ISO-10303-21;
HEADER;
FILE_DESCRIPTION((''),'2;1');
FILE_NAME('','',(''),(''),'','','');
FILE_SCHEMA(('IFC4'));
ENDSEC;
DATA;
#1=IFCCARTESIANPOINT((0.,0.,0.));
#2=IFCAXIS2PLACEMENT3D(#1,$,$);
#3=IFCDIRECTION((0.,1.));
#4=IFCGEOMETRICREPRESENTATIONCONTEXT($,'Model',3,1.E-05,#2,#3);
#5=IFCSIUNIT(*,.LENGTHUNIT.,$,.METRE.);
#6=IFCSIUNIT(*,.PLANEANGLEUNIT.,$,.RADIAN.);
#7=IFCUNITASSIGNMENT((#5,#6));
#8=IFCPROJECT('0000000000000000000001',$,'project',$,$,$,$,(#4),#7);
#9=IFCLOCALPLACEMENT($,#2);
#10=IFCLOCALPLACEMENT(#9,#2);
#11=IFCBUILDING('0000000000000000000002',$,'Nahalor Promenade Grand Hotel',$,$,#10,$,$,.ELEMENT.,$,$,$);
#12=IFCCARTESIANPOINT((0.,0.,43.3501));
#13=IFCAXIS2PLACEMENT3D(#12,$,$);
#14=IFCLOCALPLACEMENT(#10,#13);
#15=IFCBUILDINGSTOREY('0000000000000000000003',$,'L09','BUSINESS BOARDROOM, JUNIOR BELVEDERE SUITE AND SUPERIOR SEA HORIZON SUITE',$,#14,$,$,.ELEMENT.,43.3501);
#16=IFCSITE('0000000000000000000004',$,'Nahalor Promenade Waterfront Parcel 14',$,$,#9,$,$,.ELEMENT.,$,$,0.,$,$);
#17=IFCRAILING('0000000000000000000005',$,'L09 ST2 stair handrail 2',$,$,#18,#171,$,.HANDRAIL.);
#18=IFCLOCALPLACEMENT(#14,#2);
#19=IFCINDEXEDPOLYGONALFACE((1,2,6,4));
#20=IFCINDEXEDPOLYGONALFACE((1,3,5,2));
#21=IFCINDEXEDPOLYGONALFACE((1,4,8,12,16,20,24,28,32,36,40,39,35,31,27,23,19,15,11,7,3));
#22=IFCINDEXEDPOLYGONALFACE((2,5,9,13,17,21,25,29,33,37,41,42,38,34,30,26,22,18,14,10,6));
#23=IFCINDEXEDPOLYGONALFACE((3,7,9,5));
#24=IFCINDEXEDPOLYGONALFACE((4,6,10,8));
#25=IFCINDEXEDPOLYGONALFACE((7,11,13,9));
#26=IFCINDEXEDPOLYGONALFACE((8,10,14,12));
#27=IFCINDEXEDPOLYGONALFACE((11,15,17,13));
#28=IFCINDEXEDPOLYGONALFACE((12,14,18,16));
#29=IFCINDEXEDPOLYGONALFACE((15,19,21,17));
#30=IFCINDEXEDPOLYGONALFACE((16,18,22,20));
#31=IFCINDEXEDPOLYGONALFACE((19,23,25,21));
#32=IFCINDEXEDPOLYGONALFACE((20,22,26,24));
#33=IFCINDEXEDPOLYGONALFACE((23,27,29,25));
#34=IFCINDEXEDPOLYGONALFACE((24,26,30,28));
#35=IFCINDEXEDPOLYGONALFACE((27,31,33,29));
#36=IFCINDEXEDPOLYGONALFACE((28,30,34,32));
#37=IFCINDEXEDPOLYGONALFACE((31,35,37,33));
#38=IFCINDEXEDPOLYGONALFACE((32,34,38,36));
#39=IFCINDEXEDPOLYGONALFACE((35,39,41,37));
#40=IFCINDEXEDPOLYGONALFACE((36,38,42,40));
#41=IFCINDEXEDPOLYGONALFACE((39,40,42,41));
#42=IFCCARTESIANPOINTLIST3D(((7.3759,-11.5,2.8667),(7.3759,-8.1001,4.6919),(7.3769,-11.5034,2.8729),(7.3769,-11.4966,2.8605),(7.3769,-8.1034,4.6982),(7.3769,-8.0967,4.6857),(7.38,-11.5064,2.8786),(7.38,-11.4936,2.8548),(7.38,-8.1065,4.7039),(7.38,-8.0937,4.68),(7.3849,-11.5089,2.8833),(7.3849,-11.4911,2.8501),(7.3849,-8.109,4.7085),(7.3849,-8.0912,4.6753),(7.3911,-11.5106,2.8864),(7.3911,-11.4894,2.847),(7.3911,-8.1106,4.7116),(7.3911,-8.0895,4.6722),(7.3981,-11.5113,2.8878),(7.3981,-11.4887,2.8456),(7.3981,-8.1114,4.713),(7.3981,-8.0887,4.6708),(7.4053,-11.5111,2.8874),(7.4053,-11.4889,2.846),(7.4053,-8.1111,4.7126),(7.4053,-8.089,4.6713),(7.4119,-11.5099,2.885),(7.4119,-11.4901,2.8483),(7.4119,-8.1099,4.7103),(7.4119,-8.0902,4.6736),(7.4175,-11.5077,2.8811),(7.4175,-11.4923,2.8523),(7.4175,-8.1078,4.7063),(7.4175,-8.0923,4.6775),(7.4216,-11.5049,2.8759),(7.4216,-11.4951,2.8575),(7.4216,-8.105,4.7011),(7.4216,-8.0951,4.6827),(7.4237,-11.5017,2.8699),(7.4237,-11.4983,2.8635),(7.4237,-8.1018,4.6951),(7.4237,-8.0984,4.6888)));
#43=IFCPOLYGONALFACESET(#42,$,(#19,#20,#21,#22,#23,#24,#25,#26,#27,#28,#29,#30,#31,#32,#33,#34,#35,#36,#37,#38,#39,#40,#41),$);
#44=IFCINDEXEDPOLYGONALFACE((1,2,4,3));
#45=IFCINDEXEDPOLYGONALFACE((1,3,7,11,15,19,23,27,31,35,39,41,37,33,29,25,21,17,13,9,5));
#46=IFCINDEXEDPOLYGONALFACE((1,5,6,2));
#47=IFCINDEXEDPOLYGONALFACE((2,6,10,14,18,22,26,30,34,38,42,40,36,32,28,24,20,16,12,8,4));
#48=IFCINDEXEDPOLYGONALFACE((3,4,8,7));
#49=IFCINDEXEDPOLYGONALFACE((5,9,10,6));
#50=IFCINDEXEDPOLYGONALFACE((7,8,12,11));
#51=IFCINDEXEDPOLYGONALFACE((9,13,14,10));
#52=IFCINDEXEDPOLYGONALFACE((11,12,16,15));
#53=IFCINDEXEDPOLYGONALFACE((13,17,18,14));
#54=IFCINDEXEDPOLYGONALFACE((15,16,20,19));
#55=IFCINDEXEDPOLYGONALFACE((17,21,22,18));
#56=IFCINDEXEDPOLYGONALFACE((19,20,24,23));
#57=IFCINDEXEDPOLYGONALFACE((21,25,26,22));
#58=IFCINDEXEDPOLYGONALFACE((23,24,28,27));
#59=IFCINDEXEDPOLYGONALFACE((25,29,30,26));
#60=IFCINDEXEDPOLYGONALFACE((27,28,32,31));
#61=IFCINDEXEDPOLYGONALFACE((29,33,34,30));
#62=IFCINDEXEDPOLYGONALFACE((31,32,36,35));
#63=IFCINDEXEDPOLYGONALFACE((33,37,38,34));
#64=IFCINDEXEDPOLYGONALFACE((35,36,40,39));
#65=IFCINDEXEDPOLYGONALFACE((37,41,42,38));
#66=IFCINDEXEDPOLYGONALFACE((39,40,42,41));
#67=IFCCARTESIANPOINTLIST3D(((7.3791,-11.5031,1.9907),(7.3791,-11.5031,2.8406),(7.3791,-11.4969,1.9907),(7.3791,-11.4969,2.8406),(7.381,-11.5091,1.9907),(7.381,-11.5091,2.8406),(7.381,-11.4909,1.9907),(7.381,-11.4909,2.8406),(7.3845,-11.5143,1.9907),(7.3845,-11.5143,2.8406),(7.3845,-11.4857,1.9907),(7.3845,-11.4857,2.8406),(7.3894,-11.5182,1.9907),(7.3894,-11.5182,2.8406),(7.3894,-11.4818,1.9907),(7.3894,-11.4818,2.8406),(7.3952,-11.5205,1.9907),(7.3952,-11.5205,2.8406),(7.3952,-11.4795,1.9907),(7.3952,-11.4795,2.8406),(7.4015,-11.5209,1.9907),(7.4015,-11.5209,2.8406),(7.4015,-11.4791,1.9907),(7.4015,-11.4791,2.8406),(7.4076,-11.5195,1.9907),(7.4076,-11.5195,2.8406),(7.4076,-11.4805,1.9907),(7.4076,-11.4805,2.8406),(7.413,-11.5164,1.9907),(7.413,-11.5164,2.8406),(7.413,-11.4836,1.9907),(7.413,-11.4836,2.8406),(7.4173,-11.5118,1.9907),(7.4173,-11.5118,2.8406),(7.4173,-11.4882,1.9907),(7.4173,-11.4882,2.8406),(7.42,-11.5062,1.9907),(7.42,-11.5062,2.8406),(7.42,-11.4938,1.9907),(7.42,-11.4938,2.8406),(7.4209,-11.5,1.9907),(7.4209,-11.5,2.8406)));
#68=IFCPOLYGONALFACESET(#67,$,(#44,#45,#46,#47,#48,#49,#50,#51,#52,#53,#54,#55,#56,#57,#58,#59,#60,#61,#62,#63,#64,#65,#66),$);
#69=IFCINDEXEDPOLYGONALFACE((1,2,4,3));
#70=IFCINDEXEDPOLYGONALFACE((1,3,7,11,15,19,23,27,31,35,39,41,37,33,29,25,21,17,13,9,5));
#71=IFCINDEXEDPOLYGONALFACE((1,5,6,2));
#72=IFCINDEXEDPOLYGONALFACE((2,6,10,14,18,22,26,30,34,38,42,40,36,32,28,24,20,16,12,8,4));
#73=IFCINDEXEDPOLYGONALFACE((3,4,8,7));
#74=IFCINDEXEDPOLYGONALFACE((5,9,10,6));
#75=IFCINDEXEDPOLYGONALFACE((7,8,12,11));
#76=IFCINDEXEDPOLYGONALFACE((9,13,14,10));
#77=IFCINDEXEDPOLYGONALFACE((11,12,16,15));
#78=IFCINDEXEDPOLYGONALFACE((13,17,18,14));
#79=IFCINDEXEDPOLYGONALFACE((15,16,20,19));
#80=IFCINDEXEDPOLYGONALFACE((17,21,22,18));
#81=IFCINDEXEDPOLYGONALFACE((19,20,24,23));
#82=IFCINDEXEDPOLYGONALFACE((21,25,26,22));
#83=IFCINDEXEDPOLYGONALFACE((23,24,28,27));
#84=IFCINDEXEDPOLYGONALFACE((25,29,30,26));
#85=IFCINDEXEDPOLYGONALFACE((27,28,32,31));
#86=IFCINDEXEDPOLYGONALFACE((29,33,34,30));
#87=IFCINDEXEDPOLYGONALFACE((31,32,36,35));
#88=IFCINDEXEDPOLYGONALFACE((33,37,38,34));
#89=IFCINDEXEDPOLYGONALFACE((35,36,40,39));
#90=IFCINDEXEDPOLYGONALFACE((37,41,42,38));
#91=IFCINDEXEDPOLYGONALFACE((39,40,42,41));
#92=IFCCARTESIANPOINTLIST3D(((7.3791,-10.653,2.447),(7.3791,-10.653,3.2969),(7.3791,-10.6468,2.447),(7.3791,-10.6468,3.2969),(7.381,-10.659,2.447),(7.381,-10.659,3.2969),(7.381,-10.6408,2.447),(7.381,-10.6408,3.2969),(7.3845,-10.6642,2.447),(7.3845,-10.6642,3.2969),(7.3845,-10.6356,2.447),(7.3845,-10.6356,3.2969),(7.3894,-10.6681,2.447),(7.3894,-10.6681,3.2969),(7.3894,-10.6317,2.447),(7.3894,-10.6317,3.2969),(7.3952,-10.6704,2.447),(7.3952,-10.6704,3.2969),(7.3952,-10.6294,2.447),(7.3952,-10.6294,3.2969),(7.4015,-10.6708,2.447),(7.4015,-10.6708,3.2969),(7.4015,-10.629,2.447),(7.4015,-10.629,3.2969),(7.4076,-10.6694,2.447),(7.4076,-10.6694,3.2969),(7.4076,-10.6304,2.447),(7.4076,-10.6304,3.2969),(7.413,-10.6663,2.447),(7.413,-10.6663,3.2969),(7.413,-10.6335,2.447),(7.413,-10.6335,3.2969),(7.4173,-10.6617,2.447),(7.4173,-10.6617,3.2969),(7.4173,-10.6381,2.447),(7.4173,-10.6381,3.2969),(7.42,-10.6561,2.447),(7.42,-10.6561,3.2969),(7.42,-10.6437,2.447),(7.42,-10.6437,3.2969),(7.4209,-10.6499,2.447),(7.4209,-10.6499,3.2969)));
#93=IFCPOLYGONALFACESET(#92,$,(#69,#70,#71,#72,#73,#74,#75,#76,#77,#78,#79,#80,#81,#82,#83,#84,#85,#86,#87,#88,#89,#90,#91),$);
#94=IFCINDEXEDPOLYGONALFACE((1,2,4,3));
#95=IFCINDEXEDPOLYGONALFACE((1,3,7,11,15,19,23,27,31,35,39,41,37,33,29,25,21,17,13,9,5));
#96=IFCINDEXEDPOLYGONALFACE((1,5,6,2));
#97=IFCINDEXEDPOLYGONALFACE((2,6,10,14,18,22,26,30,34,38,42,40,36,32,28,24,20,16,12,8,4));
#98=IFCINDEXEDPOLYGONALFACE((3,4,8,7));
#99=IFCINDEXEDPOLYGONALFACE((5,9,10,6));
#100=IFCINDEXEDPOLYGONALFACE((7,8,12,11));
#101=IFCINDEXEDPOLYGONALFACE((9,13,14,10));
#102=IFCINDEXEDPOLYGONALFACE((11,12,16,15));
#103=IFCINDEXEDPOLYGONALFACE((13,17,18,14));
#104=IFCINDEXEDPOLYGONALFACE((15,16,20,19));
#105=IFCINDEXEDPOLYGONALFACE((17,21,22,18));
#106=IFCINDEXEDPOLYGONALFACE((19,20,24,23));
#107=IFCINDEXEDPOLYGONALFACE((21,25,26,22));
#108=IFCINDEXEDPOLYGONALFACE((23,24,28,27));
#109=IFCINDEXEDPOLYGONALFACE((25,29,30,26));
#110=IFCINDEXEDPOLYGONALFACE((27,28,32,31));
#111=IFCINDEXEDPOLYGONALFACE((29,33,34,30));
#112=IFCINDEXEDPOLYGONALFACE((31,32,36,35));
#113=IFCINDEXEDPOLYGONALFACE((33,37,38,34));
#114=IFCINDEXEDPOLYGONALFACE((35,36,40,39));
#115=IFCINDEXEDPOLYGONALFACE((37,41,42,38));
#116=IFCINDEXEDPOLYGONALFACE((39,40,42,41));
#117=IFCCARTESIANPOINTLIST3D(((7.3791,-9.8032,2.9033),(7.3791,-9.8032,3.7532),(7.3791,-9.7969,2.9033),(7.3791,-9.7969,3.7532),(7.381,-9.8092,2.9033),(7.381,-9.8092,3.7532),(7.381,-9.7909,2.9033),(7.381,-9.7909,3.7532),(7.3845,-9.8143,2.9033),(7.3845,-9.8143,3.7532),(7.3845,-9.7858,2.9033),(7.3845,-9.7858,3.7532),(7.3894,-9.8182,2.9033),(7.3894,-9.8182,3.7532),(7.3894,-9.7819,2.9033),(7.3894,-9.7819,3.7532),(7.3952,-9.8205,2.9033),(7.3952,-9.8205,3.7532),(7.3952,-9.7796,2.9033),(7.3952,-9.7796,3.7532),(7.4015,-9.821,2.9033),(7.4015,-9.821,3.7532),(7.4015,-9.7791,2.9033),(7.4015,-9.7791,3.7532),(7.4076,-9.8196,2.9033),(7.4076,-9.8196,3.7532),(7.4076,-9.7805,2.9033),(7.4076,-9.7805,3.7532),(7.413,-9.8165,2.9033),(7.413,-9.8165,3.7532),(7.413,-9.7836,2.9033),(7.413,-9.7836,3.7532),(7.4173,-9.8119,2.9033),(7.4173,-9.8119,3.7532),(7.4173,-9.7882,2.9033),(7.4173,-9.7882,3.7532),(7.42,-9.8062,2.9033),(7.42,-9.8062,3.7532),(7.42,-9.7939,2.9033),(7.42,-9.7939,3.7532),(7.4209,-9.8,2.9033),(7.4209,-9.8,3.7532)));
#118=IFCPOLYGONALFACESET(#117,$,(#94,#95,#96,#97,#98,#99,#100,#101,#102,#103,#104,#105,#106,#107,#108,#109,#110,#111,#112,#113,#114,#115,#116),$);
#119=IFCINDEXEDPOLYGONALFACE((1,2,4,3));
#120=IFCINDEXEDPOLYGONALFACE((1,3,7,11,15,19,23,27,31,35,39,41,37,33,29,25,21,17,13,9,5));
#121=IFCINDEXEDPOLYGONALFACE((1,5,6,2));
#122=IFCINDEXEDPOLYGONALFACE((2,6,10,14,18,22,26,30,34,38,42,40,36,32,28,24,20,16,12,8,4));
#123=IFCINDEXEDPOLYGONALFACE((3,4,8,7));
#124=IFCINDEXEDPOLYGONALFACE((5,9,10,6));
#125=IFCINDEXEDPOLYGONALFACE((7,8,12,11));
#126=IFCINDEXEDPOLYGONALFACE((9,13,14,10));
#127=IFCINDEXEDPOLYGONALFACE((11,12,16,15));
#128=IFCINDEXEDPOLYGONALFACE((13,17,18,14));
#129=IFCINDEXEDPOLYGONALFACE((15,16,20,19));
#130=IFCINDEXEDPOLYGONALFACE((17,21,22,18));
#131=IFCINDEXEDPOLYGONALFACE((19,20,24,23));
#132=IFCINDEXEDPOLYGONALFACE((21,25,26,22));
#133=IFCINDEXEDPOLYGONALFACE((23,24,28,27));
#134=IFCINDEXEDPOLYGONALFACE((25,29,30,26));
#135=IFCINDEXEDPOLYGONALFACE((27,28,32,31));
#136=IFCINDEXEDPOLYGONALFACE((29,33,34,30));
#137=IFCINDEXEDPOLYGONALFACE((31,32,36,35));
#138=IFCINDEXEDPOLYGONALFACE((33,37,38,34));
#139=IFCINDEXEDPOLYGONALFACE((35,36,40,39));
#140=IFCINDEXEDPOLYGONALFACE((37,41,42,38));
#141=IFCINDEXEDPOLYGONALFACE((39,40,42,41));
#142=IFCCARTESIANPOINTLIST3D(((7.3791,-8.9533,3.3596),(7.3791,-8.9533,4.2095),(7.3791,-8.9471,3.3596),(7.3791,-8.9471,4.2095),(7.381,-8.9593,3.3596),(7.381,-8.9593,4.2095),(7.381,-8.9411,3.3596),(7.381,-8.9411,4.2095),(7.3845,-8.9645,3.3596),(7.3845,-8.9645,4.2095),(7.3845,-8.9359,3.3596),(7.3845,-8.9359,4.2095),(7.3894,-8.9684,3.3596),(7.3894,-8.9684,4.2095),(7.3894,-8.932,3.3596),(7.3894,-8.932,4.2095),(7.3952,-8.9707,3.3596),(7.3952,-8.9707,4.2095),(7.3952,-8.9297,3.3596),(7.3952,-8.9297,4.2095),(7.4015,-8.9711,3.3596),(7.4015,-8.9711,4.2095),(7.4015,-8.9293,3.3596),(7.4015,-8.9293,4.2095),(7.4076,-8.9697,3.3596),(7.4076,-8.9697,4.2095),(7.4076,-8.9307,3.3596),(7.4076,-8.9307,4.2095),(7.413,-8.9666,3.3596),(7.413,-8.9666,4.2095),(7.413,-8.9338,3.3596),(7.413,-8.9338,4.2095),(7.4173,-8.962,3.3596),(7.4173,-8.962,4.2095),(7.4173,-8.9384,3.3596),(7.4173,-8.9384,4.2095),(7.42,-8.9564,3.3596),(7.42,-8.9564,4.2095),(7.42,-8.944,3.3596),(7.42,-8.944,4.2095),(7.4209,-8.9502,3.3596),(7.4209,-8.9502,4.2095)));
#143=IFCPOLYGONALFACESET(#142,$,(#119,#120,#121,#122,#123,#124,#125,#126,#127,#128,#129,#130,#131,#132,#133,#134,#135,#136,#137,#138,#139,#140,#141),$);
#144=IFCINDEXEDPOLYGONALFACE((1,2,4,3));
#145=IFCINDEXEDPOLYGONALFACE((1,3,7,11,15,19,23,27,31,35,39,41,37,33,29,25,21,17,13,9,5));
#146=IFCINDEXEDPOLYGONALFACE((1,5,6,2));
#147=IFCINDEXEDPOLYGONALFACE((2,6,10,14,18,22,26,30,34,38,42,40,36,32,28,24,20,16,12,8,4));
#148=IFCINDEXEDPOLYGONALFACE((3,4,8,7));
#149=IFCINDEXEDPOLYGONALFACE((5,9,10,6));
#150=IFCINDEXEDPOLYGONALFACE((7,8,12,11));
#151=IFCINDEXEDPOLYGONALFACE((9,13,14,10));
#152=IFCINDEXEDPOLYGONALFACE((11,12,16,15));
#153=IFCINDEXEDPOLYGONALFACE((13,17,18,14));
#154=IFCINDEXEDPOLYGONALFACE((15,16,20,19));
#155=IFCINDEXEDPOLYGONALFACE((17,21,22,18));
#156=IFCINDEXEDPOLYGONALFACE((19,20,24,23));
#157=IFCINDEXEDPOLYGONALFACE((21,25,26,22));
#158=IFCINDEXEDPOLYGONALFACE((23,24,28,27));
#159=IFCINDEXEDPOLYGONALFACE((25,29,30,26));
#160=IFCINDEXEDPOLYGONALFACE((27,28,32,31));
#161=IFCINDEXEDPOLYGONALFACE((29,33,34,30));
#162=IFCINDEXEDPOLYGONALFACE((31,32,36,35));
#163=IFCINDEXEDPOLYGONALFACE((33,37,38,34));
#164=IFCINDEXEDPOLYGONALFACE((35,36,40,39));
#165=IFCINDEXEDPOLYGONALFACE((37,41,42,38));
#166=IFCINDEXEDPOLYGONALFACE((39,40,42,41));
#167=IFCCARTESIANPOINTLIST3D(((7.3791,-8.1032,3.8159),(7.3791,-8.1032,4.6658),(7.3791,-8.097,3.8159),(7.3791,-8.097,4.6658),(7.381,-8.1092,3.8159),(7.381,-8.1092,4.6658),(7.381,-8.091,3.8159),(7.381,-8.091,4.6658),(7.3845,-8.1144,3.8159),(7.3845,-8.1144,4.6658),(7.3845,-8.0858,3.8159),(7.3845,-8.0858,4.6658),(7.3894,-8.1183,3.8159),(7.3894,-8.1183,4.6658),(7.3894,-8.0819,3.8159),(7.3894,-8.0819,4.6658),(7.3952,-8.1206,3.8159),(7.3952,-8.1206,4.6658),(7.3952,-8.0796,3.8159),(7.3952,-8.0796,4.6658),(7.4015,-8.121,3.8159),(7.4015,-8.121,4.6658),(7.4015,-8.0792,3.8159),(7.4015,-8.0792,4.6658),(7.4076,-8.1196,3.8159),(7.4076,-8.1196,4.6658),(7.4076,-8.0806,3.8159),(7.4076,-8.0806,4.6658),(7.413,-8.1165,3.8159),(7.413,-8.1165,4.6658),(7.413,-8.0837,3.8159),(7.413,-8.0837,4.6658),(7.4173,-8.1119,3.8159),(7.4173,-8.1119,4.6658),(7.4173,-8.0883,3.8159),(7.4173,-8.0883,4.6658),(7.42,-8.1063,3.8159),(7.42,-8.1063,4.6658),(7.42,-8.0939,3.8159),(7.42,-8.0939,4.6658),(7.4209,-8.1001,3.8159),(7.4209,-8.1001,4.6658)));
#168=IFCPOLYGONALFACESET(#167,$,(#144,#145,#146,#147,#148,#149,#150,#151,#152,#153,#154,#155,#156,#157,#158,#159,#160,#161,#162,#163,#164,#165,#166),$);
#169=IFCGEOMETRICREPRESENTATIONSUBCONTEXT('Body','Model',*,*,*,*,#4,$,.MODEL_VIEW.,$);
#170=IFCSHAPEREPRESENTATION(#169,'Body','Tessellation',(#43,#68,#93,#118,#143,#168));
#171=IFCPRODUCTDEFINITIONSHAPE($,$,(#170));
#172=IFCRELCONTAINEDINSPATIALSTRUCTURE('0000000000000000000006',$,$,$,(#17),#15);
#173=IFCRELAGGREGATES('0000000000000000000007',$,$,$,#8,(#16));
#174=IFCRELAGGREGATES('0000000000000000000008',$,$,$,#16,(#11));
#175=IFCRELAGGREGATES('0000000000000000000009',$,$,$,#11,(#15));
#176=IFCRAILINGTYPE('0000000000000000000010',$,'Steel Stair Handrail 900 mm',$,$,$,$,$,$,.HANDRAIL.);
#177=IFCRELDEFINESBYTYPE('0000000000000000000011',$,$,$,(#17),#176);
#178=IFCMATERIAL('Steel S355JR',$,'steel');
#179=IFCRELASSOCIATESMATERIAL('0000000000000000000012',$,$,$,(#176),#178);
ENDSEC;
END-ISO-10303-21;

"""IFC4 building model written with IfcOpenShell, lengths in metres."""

from ifc_helpers import new_model, si_unit, direction, frame, origin, origin_2d, place, context, subcontext, project, spatial, circle, extrude, material, type_object, element, save


model = new_model("IFC4")

# Units and contexts
model_context = context("Model", 3, precision=1e-05, world=origin(), true_north=direction((0.0, 1.0)))
body_context = subcontext(model_context, "Body", "Model", "MODEL_VIEW")
ifc_project = project(units=[si_unit("LENGTHUNIT", "METRE"), si_unit("PLANEANGLEUNIT", "RADIAN")], contexts=[model_context])

# Site, building, storey
site_placement = place(None, origin())
site = spatial("IfcSite", under=ifc_project, at=site_placement, Name="Nahalor Promenade Waterfront Parcel 14", CompositionType="ELEMENT", RefElevation=0.0)
building_placement = place(site_placement, origin())
building = spatial("IfcBuilding", under=site, at=building_placement, Name="Nahalor Promenade Grand Hotel", CompositionType="ELEMENT")
storey_placement = place(building_placement, frame((0.0, 0.0, 43.3501)))
storey = spatial("IfcBuildingStorey", under=building, at=storey_placement, Name="L09", Description="BUSINESS BOARDROOM, JUNIOR BELVEDERE SUITE AND SUPERIOR SEA HORIZON SUITE", CompositionType="ELEMENT", Elevation=43.3501)

# Shared definitions
ifc_material_1 = material(Name="Steel S355JR", Category="steel")

# Railing
railing_type_1 = type_object("IfcRailingType", Name="Steel Stair Handrail 900 mm", PredefinedType="HANDRAIL", material=ifc_material_1)
railing_1_placement = place(storey_placement, frame((7.3999, -11.5, 1.9907)))
element("IfcRailing", 1, at=railing_1_placement, inside=storey, type_object=railing_type_1, Name="L09 ST2 stair handrail 2", PredefinedType="HANDRAIL", context=body_context, shape_type="SweptSolid", body=[
    extrude(circle(Radius=0.024, at=origin_2d()), frame((0.0, 0.0, 0.876), z_axis=(0.0, 0.881068, 0.47299), x_axis=(-1.0, 0.0, 0.0)), (0.0, 0.0, 1.0), 3.8589),
    extrude(circle(Radius=0.021, at=origin_2d()), origin(), (0.0, 0.0, 1.0), 0.8499),
    extrude(circle(Radius=0.021, at=origin_2d()), frame((0.0, 0.8501, 0.4563)), (0.0, 0.0, 1.0), 0.8499),
    extrude(circle(Radius=0.021, at=origin_2d()), frame((0.0, 1.7, 0.9126)), (0.0, 0.0, 1.0), 0.8499),
    extrude(circle(Radius=0.021, at=origin_2d()), frame((0.0, 2.5498, 1.3689)), (0.0, 0.0, 1.0), 0.8499),
    extrude(circle(Radius=0.021, at=origin_2d()), frame((0.0, 3.3999, 1.8252)), (0.0, 0.0, 1.0), 0.8499),
])

save(model, "model.ifc")
